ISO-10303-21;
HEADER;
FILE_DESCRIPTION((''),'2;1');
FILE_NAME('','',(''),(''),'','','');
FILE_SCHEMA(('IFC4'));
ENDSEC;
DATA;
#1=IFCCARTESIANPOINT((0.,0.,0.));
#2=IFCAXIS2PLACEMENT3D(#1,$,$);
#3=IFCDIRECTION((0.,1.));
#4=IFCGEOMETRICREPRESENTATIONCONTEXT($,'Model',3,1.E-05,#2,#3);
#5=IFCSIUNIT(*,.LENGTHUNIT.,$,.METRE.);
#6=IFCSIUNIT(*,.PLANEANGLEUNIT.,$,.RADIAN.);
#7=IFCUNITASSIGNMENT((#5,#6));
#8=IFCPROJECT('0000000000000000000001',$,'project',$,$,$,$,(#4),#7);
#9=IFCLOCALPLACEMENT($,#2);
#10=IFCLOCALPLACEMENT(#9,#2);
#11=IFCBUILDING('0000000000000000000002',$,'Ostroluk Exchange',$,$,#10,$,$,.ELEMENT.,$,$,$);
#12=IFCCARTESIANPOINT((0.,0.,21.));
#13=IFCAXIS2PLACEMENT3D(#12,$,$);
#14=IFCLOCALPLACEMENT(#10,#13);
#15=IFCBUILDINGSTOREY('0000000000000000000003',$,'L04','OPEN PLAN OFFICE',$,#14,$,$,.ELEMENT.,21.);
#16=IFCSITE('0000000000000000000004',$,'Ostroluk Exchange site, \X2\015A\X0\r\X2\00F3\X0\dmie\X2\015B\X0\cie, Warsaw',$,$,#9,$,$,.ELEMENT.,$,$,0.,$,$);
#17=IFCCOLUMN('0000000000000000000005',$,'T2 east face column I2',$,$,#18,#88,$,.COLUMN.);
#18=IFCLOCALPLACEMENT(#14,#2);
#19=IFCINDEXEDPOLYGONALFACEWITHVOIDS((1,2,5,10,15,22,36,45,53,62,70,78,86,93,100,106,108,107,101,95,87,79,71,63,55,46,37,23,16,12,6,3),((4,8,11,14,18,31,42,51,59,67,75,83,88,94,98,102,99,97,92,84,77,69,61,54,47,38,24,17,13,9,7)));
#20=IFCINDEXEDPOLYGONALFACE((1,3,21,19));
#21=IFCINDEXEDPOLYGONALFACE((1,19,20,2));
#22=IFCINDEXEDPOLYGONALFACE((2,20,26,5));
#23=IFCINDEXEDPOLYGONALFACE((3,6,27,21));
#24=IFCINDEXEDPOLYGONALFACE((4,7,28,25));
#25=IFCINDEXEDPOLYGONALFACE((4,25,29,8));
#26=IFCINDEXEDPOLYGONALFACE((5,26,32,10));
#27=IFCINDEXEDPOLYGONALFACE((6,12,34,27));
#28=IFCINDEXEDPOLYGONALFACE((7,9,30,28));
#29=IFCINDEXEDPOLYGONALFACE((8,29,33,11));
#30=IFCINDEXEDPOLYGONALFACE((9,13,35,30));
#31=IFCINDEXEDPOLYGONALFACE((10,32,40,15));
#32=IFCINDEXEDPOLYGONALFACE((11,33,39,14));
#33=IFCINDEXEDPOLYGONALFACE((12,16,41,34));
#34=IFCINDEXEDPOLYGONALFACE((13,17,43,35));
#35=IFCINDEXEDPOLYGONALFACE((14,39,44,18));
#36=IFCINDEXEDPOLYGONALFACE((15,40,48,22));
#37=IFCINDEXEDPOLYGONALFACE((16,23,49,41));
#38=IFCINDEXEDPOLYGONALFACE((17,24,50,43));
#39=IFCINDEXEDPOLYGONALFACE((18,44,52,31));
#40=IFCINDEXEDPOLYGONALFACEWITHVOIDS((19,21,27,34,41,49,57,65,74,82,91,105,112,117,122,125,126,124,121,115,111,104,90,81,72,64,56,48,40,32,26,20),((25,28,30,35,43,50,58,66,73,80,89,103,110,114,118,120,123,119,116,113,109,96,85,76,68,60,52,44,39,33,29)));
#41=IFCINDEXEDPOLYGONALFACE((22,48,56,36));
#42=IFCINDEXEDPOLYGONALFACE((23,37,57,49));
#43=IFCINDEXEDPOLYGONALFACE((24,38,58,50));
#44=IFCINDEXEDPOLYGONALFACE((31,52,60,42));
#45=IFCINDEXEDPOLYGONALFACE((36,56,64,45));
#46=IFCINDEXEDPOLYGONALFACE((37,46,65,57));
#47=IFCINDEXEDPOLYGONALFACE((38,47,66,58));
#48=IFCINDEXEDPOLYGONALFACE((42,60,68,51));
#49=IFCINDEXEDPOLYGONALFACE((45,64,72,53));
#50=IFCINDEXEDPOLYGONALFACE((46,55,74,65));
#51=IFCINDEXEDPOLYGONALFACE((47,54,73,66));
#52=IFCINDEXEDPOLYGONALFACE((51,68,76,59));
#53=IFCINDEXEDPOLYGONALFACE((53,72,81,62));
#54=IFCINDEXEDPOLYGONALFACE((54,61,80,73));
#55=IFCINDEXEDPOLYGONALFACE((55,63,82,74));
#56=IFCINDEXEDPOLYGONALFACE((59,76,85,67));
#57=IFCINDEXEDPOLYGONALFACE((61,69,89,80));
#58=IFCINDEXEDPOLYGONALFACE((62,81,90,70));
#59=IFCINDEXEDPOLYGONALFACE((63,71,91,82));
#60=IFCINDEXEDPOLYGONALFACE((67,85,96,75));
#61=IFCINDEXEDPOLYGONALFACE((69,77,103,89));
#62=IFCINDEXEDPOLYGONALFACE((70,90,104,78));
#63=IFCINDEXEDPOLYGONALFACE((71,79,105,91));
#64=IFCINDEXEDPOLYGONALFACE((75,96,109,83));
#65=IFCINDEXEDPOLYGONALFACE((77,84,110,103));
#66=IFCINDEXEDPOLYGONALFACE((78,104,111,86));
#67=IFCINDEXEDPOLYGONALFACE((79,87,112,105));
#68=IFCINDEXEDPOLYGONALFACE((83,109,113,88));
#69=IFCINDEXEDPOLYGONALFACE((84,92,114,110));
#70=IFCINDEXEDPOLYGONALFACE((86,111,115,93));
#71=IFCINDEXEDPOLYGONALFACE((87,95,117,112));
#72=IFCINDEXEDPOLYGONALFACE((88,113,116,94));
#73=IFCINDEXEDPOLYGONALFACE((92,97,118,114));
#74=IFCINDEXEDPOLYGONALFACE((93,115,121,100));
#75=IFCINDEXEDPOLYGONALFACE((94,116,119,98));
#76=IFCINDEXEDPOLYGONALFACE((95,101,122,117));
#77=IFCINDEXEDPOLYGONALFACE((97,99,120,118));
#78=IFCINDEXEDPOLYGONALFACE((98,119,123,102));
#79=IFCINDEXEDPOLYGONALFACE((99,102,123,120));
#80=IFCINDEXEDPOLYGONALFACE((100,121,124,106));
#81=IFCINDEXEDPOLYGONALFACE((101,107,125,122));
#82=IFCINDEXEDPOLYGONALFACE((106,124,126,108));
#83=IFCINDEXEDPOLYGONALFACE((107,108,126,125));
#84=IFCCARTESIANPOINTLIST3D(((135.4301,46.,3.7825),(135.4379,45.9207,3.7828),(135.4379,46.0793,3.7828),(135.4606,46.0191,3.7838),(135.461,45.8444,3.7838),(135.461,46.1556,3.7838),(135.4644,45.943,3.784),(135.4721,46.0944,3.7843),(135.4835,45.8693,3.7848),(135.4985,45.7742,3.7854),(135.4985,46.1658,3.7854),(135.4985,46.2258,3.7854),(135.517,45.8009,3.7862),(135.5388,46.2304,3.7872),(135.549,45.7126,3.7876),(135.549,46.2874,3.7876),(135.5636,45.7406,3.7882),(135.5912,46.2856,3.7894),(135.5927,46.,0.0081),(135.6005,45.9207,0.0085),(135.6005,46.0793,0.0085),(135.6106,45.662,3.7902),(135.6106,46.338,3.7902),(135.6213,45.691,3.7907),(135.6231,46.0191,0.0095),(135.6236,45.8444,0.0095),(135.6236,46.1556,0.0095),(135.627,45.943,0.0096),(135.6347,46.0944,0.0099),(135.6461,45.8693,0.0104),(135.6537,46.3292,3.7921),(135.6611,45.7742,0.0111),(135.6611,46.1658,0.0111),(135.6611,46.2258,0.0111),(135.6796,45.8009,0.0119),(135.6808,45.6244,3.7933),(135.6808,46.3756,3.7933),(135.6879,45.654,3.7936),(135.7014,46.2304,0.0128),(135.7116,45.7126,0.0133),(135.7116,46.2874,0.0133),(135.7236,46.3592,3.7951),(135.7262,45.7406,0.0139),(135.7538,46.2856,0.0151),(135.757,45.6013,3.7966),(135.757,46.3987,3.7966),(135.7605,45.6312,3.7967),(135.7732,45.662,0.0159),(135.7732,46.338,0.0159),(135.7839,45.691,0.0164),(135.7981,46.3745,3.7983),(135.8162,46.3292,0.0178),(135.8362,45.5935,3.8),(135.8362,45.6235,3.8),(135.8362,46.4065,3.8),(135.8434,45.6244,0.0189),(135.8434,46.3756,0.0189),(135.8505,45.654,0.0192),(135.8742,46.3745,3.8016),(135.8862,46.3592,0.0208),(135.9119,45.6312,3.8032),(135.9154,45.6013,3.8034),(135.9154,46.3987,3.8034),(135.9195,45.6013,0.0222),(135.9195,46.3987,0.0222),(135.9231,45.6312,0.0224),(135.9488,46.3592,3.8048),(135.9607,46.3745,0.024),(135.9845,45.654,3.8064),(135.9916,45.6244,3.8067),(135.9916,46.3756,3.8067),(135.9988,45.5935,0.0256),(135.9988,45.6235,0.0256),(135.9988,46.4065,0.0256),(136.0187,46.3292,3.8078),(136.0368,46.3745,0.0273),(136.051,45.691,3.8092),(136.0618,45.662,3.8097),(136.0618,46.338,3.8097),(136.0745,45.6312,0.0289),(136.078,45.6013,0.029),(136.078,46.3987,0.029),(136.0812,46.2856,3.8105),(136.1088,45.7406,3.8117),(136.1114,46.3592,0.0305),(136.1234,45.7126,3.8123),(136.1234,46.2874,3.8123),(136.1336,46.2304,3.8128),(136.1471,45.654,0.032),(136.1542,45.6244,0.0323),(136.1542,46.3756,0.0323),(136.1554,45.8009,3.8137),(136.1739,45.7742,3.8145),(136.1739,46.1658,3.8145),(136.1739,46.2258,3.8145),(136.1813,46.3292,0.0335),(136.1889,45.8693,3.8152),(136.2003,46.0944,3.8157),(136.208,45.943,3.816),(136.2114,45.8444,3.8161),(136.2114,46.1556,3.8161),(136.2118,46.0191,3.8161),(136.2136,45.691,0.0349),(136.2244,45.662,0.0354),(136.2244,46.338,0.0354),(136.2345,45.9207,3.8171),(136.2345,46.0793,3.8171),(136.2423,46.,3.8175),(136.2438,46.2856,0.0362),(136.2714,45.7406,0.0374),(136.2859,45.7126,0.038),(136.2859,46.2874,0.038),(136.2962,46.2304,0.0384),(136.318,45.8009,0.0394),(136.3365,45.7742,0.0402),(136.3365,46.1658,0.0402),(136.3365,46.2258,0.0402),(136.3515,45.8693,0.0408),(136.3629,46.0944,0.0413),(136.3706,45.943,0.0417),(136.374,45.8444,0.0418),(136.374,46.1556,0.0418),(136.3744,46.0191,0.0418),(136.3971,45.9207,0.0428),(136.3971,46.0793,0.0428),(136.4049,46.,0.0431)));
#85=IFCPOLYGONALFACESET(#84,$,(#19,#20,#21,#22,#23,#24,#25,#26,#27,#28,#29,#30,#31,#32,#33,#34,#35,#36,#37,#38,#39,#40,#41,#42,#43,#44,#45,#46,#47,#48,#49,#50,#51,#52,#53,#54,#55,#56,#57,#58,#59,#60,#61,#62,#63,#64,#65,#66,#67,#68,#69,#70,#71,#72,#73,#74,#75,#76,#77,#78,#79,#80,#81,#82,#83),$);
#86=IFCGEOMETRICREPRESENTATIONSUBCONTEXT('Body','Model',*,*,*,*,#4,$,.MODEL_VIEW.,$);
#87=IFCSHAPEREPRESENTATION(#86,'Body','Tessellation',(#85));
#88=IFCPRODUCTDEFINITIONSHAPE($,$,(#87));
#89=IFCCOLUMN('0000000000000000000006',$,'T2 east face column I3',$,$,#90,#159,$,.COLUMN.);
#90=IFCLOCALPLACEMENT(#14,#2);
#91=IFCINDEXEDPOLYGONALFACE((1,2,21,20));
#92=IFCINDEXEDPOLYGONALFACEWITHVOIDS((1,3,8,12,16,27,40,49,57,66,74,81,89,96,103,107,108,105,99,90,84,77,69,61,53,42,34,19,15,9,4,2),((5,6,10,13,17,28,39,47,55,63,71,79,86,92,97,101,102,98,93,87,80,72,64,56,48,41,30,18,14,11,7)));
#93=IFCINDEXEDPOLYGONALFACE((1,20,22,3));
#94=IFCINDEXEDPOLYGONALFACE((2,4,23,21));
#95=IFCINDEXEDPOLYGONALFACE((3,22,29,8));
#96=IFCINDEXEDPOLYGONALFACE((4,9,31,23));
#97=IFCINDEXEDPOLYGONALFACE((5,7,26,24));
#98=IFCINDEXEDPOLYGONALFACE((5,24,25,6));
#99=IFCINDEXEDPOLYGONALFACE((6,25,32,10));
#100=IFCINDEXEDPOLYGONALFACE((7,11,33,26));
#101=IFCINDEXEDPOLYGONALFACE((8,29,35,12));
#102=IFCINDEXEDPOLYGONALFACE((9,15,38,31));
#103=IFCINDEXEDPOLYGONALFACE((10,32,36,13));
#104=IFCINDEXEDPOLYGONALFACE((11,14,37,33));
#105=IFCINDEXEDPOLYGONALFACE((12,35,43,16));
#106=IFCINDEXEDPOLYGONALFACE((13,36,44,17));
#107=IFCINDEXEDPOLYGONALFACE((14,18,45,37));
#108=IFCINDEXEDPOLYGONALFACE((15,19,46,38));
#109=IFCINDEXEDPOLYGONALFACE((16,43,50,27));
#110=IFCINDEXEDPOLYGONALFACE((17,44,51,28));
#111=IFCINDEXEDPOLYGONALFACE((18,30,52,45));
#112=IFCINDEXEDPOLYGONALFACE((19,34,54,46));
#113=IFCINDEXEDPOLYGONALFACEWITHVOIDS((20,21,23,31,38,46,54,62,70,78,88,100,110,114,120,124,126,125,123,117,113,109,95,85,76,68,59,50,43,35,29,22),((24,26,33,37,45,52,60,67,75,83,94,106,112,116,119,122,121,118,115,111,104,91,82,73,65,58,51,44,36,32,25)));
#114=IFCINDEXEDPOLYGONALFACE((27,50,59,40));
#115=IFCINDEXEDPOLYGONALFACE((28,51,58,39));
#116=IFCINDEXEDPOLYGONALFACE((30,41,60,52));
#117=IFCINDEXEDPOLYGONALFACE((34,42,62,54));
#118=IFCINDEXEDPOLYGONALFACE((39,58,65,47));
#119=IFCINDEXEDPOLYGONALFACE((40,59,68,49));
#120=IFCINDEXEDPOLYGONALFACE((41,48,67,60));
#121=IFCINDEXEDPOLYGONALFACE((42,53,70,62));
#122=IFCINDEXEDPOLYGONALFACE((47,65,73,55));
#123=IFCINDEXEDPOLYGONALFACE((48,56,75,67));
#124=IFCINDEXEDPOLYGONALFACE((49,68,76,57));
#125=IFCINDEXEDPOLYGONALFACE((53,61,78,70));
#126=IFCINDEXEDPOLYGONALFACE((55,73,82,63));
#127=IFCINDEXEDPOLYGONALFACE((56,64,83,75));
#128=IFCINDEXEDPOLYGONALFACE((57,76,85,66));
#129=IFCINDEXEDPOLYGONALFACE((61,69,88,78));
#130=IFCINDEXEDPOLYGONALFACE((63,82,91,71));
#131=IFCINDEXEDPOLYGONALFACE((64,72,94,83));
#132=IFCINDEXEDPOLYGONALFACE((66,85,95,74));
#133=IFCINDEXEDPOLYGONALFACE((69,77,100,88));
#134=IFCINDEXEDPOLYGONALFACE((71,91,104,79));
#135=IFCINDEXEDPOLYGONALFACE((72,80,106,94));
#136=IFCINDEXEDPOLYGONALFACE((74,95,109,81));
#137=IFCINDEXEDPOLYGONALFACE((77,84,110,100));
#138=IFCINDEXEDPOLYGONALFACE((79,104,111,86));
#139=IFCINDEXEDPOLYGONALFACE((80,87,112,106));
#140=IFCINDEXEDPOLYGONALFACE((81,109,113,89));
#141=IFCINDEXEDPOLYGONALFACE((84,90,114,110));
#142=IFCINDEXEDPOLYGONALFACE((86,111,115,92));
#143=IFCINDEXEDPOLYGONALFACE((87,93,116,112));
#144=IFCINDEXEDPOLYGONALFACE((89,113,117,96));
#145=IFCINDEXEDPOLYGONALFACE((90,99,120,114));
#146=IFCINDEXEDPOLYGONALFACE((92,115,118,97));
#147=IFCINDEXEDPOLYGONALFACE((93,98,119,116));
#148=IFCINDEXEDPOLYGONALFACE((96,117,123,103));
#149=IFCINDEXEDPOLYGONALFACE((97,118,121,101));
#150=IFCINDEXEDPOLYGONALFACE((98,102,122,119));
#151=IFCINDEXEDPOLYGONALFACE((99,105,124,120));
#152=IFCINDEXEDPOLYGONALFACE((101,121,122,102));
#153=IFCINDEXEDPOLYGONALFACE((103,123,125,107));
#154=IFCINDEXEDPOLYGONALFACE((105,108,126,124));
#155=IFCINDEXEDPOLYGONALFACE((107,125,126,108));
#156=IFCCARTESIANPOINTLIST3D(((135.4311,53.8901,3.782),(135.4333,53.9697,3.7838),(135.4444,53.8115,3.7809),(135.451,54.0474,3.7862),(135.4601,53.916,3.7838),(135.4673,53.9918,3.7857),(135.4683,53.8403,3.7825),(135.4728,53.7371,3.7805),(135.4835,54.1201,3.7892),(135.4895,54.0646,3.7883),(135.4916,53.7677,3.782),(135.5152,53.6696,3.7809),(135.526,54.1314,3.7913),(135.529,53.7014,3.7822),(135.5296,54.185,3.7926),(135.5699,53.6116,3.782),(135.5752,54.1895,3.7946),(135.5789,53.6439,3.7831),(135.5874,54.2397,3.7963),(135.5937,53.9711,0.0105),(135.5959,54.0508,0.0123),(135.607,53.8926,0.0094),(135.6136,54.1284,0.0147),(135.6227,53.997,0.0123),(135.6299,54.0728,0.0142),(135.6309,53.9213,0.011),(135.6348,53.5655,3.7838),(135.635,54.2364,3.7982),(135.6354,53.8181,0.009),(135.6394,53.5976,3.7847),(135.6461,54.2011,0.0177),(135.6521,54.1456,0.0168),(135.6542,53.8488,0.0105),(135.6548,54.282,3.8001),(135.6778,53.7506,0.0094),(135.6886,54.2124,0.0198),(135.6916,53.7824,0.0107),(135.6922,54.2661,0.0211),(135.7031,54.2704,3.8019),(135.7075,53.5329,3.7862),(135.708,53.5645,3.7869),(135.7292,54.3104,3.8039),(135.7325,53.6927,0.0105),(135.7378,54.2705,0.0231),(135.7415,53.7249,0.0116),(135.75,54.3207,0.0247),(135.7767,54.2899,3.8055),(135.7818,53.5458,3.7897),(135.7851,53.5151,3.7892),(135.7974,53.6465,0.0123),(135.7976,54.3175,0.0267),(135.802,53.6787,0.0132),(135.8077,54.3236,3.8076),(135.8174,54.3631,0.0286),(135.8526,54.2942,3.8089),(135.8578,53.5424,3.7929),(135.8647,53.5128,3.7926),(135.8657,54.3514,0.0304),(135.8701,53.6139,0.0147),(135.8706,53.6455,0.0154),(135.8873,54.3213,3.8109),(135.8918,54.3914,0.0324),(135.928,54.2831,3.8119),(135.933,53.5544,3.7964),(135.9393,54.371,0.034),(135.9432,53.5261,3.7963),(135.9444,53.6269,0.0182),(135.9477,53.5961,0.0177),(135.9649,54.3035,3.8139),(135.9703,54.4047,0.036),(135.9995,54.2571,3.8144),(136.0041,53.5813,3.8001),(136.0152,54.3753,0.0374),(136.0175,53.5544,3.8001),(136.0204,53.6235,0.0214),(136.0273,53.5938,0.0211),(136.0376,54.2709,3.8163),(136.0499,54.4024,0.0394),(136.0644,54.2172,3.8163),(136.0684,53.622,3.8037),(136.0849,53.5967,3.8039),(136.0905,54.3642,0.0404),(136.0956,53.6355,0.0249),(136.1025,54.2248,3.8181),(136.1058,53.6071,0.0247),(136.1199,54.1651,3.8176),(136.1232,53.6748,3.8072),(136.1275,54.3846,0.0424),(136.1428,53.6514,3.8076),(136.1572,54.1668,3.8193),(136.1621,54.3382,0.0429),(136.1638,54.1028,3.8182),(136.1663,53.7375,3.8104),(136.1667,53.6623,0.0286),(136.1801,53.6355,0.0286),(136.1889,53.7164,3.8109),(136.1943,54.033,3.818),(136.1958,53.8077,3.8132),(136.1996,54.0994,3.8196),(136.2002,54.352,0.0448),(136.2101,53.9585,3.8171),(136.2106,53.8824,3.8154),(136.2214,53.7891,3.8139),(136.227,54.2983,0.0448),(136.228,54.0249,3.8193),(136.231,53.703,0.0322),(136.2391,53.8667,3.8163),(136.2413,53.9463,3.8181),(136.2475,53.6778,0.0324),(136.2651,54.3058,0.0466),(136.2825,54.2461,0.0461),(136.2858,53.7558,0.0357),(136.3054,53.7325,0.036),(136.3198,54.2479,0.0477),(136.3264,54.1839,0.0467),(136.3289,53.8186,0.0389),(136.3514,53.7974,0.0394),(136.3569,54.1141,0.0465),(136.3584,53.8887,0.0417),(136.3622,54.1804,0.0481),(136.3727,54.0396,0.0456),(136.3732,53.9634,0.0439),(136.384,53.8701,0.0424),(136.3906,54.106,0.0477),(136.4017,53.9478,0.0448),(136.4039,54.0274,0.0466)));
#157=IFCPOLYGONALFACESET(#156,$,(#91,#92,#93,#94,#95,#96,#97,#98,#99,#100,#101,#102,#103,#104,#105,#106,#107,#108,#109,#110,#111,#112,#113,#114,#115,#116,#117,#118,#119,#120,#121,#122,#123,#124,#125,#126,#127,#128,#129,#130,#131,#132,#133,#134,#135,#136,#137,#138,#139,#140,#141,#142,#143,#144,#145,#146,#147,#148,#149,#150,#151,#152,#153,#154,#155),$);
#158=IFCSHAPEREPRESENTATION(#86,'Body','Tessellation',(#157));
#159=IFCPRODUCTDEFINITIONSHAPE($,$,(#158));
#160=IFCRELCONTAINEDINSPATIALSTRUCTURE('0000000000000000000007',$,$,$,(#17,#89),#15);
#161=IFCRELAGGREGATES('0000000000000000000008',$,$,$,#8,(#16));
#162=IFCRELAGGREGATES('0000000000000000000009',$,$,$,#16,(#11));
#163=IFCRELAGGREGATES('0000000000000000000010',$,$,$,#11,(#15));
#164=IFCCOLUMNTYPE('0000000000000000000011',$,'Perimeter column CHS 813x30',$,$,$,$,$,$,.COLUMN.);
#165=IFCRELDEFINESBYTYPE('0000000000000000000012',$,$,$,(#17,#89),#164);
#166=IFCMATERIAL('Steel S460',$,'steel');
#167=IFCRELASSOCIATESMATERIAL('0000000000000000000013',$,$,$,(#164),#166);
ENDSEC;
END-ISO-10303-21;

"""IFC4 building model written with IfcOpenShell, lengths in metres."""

from ifc_helpers import new_model, si_unit, direction, frame, origin, origin_2d, place, context, subcontext, project, spatial, hollow_circle, extrude, material, material_profile, profile_set, type_object, element, save


model = new_model("IFC4")

# Units and contexts
model_context = context("Model", 3, precision=1e-05, world=origin(), true_north=direction((0.0, 1.0)))
body_context = subcontext(model_context, "Body", "Model", "MODEL_VIEW")
ifc_project = project(units=[si_unit("LENGTHUNIT", "METRE"), si_unit("PLANEANGLEUNIT", "RADIAN")], contexts=[model_context])

# Site, building, storey
site_placement = place(None, origin())
site = spatial("IfcSite", under=ifc_project, at=site_placement, Name="Ostroluk Exchange site, Śródmieście, Warsaw", CompositionType="ELEMENT", RefElevation=0.0)
building_placement = place(site_placement, origin())
building = spatial("IfcBuilding", under=site, at=building_placement, Name="Ostroluk Exchange", CompositionType="ELEMENT")
storey_placement = place(building_placement, frame((0.0, 0.0, 21.0)))
storey = spatial("IfcBuildingStorey", under=building, at=storey_placement, Name="L04", Description="OPEN PLAN OFFICE", CompositionType="ELEMENT", Elevation=21.0)

# Columns
ifc_material_1 = material(Name="Steel S460", Category="steel")
ifc_material_profile_1 = material_profile(ifc_material_1, hollow_circle(Radius=0.4065, WallThickness=0.03, at=origin_2d()), Name="CHS 813x30")
ifc_profile_set_1 = profile_set([ifc_material_profile_1], Name="Steel S460")
column_type = type_object("IfcColumnType", Name="Perimeter column CHS 813x30", PredefinedType="COLUMN", material=ifc_profile_set_1)
column_1_placement = place(storey_placement, frame((135.9988, 46.0, 0.0256), z_axis=(-0.043039, 0.0, 0.999073), x_axis=(0.0, -1.0, 0.0)))
element("IfcColumn", 1, at=column_1_placement, inside=storey, type_object=column_type, Name="T2 east face column I2", PredefinedType="COLUMN", context=body_context, shape_type="SweptSolid", body=[
    extrude(hollow_circle(Radius=0.4065, WallThickness=0.03, at=origin_2d()), origin(), (0.0, 0.0, 1.0), 3.7778),
])
column_2_placement = place(storey_placement, frame((135.9988, 53.9993, 0.0286), z_axis=(-0.043062, -0.021467, 0.998842), x_axis=(0.446138, -0.894964, 0.0)))
element("IfcColumn", 2, at=column_2_placement, inside=storey, type_object=column_type, Name="T2 east face column I3", PredefinedType="COLUMN", context=body_context, shape_type="SweptSolid", body=[
    extrude(hollow_circle(Radius=0.4065, WallThickness=0.03, at=origin_2d()), origin(), (0.0, 0.0, 1.0), 3.7759),
])

save(model, "model.ifc")
